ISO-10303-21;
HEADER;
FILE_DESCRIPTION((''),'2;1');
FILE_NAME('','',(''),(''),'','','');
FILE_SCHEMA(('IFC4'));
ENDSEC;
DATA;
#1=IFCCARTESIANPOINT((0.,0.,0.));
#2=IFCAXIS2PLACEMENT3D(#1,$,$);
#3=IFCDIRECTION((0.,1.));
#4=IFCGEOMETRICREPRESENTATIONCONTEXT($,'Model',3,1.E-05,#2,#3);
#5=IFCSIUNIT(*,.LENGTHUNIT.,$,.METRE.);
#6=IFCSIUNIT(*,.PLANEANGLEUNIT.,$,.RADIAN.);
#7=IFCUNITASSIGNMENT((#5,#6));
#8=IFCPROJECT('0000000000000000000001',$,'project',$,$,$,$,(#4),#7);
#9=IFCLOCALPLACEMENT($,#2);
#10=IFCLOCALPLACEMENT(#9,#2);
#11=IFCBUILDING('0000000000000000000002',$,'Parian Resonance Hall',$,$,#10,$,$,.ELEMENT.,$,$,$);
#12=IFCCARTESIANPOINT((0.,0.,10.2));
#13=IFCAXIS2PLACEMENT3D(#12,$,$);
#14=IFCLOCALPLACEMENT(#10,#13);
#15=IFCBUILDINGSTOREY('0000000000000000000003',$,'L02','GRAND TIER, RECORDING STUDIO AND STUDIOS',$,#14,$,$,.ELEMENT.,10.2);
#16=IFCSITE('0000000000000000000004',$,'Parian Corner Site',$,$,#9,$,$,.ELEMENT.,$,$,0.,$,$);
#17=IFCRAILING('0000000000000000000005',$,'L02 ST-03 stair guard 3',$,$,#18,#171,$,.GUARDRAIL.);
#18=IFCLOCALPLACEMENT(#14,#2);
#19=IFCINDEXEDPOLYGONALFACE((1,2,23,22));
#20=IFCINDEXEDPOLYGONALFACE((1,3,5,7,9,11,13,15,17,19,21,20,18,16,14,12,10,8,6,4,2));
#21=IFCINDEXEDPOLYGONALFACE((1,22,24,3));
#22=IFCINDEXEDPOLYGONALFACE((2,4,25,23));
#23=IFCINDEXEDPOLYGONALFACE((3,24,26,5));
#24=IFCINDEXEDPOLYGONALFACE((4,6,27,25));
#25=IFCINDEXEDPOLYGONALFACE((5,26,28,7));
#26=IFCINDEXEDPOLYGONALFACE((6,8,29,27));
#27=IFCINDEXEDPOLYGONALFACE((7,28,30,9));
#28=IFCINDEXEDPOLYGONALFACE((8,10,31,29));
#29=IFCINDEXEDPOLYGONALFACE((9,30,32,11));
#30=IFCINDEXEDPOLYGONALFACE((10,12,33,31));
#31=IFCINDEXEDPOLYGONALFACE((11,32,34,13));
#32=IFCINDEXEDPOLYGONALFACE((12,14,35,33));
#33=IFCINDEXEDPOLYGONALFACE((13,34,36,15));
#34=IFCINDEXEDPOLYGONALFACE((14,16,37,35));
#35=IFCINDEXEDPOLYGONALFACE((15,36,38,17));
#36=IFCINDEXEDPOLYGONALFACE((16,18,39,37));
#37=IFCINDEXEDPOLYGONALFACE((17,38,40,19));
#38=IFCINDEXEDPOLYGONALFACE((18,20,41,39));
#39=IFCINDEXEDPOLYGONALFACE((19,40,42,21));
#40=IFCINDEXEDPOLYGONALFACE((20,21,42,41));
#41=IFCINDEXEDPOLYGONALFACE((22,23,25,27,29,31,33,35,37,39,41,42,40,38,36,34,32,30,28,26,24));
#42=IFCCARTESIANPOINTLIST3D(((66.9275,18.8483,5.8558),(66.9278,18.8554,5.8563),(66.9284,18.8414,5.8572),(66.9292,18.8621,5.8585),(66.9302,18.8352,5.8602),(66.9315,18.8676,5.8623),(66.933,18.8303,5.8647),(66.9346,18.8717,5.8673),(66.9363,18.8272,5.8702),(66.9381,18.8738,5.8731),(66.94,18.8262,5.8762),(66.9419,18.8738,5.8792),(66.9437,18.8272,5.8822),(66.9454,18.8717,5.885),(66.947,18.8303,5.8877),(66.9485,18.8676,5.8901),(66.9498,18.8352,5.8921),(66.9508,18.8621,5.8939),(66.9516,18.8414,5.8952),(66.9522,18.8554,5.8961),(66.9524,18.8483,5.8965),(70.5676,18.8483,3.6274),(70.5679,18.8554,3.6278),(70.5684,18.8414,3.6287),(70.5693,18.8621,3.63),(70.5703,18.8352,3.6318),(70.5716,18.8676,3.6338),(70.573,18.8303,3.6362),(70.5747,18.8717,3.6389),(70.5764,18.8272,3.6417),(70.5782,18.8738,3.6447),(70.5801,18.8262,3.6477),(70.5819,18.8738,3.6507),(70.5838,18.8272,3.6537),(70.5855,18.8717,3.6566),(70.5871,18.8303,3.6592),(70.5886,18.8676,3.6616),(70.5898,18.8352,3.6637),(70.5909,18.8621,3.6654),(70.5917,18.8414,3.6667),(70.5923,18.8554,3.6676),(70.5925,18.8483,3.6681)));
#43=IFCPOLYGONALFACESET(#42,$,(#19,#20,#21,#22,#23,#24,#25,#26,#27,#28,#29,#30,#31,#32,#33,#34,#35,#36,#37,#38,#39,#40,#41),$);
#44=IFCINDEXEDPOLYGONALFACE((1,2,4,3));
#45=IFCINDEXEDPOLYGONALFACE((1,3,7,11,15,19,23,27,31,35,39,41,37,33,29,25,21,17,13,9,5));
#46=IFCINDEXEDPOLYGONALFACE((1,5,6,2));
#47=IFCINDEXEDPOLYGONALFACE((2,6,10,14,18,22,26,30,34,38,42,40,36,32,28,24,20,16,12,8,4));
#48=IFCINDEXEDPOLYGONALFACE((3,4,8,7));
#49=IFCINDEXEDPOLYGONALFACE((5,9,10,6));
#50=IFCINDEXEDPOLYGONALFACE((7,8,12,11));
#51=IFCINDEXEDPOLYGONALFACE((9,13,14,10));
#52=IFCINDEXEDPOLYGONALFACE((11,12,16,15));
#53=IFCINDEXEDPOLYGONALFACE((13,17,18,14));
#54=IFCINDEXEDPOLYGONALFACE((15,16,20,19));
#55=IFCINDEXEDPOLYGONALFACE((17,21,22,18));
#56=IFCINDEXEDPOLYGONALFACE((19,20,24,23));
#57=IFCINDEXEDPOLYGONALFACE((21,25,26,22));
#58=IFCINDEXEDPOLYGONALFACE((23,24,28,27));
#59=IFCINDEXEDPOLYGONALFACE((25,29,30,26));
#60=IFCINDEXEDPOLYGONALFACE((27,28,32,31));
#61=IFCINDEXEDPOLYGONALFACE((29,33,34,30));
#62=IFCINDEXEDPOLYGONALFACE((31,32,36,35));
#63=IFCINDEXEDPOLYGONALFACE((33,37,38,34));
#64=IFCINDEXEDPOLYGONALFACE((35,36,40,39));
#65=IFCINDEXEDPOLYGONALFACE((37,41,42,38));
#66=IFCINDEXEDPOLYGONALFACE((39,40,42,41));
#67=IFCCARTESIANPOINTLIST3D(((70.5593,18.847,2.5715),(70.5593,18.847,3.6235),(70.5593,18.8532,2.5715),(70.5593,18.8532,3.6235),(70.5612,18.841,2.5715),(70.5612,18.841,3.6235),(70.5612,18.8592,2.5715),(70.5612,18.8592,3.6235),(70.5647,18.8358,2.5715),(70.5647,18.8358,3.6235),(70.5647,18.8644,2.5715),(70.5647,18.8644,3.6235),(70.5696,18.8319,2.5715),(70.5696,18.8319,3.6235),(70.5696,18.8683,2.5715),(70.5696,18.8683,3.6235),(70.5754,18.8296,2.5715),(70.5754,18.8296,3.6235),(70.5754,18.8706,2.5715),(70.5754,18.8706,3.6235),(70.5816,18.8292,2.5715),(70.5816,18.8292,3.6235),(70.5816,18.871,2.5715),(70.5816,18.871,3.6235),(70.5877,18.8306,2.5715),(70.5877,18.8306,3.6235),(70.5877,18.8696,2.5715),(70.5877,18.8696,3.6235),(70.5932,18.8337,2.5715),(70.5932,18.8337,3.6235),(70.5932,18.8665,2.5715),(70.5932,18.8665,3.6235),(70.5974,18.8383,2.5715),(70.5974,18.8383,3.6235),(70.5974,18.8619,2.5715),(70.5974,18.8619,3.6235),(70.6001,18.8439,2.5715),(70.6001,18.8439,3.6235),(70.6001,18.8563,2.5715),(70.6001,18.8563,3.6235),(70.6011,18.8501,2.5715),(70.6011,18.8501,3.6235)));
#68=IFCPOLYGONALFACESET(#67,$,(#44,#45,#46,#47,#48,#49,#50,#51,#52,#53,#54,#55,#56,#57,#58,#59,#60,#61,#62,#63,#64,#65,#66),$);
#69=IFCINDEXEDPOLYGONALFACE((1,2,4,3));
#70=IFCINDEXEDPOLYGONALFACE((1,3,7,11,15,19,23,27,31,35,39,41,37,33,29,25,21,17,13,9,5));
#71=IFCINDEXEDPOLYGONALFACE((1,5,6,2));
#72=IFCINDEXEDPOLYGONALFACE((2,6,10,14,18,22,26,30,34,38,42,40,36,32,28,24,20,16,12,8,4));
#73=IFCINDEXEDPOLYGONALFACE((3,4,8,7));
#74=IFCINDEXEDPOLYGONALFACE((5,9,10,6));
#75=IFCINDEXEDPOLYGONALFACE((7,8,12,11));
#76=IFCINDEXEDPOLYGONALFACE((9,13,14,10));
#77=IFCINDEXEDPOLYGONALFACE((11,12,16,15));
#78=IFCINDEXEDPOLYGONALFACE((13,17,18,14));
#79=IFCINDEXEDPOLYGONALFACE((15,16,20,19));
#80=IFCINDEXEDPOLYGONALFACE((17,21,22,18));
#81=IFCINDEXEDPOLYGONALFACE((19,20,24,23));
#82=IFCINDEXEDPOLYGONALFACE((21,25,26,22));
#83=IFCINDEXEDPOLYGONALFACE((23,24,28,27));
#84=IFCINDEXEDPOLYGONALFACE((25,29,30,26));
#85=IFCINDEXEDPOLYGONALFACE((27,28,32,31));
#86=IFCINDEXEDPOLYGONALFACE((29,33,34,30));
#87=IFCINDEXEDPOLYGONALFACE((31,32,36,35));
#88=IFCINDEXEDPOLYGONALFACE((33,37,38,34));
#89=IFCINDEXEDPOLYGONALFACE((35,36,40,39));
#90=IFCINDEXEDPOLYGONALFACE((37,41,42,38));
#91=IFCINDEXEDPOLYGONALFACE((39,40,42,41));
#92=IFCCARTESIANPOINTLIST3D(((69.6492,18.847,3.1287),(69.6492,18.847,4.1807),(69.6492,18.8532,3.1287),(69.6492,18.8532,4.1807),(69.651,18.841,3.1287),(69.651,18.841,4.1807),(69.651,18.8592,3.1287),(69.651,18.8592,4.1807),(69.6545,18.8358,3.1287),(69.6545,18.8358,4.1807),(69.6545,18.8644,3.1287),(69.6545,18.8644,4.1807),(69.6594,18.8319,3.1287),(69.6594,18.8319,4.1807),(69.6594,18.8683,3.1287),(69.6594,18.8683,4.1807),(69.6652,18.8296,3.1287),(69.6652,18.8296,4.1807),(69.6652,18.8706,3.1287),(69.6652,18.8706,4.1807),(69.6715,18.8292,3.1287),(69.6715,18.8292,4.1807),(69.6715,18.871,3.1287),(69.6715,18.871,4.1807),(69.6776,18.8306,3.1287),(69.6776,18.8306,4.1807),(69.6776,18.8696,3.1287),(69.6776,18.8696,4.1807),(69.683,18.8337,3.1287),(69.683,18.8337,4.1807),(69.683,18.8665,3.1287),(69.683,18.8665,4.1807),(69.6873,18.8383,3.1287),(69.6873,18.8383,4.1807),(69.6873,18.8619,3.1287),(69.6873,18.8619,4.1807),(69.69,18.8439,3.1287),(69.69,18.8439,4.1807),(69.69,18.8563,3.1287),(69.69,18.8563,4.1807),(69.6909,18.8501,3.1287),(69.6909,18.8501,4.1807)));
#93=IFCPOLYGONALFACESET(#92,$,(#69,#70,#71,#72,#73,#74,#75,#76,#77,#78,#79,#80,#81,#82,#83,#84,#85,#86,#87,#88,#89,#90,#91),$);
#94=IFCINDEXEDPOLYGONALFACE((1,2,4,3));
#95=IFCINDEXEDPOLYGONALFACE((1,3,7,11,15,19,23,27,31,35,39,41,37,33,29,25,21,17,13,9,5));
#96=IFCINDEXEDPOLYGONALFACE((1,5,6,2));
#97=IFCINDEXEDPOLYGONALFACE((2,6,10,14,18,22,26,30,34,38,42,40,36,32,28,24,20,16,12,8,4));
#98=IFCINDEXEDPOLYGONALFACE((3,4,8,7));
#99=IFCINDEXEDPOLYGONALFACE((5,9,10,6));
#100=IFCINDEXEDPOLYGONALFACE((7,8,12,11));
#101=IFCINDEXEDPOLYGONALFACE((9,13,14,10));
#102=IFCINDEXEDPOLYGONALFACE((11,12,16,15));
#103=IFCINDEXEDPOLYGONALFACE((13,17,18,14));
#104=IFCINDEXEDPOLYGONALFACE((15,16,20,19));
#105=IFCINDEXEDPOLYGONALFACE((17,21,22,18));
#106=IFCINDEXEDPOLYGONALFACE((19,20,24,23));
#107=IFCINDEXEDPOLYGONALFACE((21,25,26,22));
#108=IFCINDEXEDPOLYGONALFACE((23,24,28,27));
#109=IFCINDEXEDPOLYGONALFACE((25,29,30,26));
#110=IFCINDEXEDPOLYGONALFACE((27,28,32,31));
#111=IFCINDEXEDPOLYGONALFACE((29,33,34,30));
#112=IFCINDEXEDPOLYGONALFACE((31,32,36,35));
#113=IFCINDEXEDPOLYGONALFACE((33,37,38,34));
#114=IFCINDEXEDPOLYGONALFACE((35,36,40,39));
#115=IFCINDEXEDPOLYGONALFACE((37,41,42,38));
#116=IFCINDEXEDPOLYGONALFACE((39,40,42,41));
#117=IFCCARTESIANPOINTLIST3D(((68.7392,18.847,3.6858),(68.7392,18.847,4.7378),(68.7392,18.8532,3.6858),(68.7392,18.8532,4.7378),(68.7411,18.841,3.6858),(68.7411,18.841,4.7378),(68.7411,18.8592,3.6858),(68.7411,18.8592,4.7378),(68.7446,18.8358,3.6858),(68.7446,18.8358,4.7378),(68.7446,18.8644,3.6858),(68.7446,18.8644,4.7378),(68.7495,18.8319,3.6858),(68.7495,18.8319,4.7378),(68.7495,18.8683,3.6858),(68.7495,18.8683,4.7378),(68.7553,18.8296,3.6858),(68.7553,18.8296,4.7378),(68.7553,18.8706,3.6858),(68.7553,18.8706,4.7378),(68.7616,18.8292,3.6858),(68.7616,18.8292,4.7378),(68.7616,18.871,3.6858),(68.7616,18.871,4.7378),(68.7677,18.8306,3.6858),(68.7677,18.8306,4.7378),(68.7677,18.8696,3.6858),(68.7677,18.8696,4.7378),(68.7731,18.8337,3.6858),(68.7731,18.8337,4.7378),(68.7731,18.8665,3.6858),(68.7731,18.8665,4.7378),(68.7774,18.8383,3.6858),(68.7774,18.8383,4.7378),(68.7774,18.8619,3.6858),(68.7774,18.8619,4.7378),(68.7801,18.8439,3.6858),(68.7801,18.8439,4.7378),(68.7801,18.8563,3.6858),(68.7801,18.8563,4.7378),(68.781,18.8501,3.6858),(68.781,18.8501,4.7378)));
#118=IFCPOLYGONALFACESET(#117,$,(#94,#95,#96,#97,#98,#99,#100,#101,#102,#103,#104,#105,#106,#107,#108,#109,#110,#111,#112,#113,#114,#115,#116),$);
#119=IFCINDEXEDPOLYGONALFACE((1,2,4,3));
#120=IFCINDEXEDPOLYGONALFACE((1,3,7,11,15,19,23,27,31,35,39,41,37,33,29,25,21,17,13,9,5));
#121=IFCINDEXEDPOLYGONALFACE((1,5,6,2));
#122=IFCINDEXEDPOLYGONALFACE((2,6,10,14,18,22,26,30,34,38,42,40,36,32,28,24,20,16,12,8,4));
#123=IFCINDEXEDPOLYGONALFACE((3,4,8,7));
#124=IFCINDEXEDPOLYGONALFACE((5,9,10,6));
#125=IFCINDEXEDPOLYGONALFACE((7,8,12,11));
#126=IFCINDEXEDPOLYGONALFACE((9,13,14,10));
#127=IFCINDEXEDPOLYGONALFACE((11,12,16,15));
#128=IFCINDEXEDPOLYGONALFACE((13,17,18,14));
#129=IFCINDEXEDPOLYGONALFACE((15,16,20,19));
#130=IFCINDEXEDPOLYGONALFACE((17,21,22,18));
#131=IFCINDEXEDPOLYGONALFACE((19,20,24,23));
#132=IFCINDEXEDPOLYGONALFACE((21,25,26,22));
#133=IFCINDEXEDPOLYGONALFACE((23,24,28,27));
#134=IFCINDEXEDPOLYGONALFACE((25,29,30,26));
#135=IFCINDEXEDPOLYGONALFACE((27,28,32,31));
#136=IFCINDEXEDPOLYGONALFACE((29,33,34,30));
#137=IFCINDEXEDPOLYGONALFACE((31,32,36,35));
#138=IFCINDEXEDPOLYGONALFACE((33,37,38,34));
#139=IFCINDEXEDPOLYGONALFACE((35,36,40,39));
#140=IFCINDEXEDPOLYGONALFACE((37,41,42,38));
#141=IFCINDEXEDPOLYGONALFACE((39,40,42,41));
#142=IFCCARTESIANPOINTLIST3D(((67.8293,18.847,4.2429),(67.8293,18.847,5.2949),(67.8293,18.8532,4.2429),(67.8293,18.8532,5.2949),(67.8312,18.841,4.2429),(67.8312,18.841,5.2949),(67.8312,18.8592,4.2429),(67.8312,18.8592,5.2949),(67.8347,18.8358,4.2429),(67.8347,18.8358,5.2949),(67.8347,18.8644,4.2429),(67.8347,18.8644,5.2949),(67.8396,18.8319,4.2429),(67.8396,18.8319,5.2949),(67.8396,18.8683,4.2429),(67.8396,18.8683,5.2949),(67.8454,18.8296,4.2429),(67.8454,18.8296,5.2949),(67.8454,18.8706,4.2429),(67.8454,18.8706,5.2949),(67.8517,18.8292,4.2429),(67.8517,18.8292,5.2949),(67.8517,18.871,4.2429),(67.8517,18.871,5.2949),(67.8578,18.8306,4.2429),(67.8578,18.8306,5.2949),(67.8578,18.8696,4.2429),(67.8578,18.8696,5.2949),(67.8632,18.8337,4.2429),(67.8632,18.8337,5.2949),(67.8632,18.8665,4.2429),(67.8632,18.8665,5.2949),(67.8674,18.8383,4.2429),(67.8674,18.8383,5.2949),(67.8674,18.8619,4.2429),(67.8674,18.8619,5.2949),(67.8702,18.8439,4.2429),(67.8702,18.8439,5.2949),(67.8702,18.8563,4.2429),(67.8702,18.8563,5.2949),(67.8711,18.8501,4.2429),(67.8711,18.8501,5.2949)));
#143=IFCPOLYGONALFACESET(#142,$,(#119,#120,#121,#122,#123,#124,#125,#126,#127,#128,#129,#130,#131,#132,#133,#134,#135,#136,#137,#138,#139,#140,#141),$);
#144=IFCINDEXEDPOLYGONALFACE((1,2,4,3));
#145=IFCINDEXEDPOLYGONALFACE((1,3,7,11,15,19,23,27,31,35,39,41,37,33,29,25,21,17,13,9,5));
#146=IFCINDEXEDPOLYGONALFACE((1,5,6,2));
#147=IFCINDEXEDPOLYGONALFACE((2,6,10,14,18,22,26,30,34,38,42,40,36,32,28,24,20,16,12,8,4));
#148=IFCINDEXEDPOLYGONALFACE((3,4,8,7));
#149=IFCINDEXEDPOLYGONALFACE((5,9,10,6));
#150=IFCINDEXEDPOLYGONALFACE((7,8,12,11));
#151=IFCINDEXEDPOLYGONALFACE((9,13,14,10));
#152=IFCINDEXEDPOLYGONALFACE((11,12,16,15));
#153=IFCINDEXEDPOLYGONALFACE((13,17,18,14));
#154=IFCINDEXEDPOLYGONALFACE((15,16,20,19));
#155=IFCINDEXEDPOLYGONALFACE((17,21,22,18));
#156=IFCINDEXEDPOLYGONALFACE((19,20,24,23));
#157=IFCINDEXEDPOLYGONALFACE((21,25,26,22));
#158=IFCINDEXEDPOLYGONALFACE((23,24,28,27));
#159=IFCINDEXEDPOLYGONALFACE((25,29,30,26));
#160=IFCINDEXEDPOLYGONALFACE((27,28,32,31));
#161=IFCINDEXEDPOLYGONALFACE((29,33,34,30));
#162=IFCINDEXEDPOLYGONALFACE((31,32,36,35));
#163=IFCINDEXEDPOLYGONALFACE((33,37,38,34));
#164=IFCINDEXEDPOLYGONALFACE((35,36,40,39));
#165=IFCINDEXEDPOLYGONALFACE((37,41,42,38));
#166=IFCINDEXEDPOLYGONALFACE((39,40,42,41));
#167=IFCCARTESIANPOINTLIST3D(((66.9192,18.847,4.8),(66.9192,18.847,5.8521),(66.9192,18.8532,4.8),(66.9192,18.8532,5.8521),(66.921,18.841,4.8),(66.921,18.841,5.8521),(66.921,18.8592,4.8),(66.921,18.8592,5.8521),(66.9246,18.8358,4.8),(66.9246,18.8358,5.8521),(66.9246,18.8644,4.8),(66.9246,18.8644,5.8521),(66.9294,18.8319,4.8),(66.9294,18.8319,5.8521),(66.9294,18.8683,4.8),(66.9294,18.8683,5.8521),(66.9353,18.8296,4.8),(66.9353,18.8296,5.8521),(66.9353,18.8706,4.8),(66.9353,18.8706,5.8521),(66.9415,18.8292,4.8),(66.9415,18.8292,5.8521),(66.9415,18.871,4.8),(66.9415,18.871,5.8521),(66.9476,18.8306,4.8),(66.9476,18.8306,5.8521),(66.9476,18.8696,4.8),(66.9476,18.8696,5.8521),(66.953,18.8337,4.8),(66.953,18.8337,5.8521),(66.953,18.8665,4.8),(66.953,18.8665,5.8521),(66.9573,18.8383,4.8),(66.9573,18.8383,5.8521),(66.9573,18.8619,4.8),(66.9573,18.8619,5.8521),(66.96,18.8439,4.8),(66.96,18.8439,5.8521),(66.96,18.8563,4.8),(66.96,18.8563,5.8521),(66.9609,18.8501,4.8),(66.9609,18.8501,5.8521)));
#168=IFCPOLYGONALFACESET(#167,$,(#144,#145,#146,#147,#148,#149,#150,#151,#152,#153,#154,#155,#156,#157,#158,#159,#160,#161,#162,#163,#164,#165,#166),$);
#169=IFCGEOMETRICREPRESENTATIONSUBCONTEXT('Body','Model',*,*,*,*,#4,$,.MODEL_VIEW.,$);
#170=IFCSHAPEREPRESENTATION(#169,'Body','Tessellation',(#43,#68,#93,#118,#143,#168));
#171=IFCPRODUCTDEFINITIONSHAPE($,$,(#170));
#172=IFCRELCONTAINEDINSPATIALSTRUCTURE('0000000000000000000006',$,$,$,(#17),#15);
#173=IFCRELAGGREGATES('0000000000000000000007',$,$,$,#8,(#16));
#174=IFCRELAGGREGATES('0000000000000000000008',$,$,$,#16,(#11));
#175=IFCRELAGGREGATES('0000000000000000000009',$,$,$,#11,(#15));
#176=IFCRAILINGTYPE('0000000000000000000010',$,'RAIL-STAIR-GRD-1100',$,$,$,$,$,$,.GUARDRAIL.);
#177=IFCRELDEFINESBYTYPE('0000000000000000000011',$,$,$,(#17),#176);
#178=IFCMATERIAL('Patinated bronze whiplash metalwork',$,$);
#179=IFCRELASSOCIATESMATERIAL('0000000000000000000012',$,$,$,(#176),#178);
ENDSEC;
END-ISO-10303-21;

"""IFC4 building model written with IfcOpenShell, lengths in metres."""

from ifc_helpers import new_model, si_unit, direction, frame, origin, origin_2d, place, context, subcontext, project, spatial, circle, extrude, material, type_object, element, save


model = new_model("IFC4")

# Units and contexts
model_context = context("Model", 3, precision=1e-05, world=origin(), true_north=direction((0.0, 1.0)))
body_context = subcontext(model_context, "Body", "Model", "MODEL_VIEW")
ifc_project = project(units=[si_unit("LENGTHUNIT", "METRE"), si_unit("PLANEANGLEUNIT", "RADIAN")], contexts=[model_context])

# Site, building, storey
site_placement = place(None, origin())
site = spatial("IfcSite", under=ifc_project, at=site_placement, Name="Parian Corner Site", CompositionType="ELEMENT", RefElevation=0.0)
building_placement = place(site_placement, origin())
building = spatial("IfcBuilding", under=site, at=building_placement, Name="Parian Resonance Hall", CompositionType="ELEMENT")
storey_placement = place(building_placement, frame((0.0, 0.0, 10.2)))
storey = spatial("IfcBuildingStorey", under=building, at=storey_placement, Name="L02", Description="GRAND TIER, RECORDING STUDIO AND STUDIOS", CompositionType="ELEMENT", Elevation=10.2)

# Railing
ifc_material_1 = material(Name="Patinated bronze whiplash metalwork")
railing_type_1 = type_object("IfcRailingType", Name="RAIL-STAIR-GRD-1100", PredefinedType="GUARDRAIL", material=ifc_material_1)
railing_1_placement = place(storey_placement, frame((70.5801, 18.8501, 2.5715)))
element("IfcRailing", 1, at=railing_1_placement, inside=storey, type_object=railing_type_1, Name="L02 ST-03 stair guard 3", PredefinedType="GUARDRAIL", context=body_context, shape_type="SweptSolid", body=[
    extrude(circle(Radius=0.0239, at=origin_2d()), frame((0.0, 0.0, 1.0762), z_axis=(-0.852866, 0.0, 0.52213), x_axis=(0.0, -1.0, 0.0)), (0.0, 0.0, 1.0), 4.2681),
    extrude(circle(Radius=0.021, at=origin_2d()), origin(), (0.0, 0.0, 1.0), 1.052),
    extrude(circle(Radius=0.021, at=origin_2d()), frame((-0.9102, 0.0, 0.5571)), (0.0, 0.0, 1.0), 1.052),
    extrude(circle(Radius=0.021, at=origin_2d()), frame((-1.8201, 0.0, 1.1143)), (0.0, 0.0, 1.0), 1.052),
    extrude(circle(Radius=0.021, at=origin_2d()), frame((-2.73, 0.0, 1.6714)), (0.0, 0.0, 1.0), 1.052),
    extrude(circle(Radius=0.021, at=origin_2d()), frame((-3.6401, 0.0, 2.2285)), (0.0, 0.0, 1.0), 1.052),
])

save(model, "model.ifc")
